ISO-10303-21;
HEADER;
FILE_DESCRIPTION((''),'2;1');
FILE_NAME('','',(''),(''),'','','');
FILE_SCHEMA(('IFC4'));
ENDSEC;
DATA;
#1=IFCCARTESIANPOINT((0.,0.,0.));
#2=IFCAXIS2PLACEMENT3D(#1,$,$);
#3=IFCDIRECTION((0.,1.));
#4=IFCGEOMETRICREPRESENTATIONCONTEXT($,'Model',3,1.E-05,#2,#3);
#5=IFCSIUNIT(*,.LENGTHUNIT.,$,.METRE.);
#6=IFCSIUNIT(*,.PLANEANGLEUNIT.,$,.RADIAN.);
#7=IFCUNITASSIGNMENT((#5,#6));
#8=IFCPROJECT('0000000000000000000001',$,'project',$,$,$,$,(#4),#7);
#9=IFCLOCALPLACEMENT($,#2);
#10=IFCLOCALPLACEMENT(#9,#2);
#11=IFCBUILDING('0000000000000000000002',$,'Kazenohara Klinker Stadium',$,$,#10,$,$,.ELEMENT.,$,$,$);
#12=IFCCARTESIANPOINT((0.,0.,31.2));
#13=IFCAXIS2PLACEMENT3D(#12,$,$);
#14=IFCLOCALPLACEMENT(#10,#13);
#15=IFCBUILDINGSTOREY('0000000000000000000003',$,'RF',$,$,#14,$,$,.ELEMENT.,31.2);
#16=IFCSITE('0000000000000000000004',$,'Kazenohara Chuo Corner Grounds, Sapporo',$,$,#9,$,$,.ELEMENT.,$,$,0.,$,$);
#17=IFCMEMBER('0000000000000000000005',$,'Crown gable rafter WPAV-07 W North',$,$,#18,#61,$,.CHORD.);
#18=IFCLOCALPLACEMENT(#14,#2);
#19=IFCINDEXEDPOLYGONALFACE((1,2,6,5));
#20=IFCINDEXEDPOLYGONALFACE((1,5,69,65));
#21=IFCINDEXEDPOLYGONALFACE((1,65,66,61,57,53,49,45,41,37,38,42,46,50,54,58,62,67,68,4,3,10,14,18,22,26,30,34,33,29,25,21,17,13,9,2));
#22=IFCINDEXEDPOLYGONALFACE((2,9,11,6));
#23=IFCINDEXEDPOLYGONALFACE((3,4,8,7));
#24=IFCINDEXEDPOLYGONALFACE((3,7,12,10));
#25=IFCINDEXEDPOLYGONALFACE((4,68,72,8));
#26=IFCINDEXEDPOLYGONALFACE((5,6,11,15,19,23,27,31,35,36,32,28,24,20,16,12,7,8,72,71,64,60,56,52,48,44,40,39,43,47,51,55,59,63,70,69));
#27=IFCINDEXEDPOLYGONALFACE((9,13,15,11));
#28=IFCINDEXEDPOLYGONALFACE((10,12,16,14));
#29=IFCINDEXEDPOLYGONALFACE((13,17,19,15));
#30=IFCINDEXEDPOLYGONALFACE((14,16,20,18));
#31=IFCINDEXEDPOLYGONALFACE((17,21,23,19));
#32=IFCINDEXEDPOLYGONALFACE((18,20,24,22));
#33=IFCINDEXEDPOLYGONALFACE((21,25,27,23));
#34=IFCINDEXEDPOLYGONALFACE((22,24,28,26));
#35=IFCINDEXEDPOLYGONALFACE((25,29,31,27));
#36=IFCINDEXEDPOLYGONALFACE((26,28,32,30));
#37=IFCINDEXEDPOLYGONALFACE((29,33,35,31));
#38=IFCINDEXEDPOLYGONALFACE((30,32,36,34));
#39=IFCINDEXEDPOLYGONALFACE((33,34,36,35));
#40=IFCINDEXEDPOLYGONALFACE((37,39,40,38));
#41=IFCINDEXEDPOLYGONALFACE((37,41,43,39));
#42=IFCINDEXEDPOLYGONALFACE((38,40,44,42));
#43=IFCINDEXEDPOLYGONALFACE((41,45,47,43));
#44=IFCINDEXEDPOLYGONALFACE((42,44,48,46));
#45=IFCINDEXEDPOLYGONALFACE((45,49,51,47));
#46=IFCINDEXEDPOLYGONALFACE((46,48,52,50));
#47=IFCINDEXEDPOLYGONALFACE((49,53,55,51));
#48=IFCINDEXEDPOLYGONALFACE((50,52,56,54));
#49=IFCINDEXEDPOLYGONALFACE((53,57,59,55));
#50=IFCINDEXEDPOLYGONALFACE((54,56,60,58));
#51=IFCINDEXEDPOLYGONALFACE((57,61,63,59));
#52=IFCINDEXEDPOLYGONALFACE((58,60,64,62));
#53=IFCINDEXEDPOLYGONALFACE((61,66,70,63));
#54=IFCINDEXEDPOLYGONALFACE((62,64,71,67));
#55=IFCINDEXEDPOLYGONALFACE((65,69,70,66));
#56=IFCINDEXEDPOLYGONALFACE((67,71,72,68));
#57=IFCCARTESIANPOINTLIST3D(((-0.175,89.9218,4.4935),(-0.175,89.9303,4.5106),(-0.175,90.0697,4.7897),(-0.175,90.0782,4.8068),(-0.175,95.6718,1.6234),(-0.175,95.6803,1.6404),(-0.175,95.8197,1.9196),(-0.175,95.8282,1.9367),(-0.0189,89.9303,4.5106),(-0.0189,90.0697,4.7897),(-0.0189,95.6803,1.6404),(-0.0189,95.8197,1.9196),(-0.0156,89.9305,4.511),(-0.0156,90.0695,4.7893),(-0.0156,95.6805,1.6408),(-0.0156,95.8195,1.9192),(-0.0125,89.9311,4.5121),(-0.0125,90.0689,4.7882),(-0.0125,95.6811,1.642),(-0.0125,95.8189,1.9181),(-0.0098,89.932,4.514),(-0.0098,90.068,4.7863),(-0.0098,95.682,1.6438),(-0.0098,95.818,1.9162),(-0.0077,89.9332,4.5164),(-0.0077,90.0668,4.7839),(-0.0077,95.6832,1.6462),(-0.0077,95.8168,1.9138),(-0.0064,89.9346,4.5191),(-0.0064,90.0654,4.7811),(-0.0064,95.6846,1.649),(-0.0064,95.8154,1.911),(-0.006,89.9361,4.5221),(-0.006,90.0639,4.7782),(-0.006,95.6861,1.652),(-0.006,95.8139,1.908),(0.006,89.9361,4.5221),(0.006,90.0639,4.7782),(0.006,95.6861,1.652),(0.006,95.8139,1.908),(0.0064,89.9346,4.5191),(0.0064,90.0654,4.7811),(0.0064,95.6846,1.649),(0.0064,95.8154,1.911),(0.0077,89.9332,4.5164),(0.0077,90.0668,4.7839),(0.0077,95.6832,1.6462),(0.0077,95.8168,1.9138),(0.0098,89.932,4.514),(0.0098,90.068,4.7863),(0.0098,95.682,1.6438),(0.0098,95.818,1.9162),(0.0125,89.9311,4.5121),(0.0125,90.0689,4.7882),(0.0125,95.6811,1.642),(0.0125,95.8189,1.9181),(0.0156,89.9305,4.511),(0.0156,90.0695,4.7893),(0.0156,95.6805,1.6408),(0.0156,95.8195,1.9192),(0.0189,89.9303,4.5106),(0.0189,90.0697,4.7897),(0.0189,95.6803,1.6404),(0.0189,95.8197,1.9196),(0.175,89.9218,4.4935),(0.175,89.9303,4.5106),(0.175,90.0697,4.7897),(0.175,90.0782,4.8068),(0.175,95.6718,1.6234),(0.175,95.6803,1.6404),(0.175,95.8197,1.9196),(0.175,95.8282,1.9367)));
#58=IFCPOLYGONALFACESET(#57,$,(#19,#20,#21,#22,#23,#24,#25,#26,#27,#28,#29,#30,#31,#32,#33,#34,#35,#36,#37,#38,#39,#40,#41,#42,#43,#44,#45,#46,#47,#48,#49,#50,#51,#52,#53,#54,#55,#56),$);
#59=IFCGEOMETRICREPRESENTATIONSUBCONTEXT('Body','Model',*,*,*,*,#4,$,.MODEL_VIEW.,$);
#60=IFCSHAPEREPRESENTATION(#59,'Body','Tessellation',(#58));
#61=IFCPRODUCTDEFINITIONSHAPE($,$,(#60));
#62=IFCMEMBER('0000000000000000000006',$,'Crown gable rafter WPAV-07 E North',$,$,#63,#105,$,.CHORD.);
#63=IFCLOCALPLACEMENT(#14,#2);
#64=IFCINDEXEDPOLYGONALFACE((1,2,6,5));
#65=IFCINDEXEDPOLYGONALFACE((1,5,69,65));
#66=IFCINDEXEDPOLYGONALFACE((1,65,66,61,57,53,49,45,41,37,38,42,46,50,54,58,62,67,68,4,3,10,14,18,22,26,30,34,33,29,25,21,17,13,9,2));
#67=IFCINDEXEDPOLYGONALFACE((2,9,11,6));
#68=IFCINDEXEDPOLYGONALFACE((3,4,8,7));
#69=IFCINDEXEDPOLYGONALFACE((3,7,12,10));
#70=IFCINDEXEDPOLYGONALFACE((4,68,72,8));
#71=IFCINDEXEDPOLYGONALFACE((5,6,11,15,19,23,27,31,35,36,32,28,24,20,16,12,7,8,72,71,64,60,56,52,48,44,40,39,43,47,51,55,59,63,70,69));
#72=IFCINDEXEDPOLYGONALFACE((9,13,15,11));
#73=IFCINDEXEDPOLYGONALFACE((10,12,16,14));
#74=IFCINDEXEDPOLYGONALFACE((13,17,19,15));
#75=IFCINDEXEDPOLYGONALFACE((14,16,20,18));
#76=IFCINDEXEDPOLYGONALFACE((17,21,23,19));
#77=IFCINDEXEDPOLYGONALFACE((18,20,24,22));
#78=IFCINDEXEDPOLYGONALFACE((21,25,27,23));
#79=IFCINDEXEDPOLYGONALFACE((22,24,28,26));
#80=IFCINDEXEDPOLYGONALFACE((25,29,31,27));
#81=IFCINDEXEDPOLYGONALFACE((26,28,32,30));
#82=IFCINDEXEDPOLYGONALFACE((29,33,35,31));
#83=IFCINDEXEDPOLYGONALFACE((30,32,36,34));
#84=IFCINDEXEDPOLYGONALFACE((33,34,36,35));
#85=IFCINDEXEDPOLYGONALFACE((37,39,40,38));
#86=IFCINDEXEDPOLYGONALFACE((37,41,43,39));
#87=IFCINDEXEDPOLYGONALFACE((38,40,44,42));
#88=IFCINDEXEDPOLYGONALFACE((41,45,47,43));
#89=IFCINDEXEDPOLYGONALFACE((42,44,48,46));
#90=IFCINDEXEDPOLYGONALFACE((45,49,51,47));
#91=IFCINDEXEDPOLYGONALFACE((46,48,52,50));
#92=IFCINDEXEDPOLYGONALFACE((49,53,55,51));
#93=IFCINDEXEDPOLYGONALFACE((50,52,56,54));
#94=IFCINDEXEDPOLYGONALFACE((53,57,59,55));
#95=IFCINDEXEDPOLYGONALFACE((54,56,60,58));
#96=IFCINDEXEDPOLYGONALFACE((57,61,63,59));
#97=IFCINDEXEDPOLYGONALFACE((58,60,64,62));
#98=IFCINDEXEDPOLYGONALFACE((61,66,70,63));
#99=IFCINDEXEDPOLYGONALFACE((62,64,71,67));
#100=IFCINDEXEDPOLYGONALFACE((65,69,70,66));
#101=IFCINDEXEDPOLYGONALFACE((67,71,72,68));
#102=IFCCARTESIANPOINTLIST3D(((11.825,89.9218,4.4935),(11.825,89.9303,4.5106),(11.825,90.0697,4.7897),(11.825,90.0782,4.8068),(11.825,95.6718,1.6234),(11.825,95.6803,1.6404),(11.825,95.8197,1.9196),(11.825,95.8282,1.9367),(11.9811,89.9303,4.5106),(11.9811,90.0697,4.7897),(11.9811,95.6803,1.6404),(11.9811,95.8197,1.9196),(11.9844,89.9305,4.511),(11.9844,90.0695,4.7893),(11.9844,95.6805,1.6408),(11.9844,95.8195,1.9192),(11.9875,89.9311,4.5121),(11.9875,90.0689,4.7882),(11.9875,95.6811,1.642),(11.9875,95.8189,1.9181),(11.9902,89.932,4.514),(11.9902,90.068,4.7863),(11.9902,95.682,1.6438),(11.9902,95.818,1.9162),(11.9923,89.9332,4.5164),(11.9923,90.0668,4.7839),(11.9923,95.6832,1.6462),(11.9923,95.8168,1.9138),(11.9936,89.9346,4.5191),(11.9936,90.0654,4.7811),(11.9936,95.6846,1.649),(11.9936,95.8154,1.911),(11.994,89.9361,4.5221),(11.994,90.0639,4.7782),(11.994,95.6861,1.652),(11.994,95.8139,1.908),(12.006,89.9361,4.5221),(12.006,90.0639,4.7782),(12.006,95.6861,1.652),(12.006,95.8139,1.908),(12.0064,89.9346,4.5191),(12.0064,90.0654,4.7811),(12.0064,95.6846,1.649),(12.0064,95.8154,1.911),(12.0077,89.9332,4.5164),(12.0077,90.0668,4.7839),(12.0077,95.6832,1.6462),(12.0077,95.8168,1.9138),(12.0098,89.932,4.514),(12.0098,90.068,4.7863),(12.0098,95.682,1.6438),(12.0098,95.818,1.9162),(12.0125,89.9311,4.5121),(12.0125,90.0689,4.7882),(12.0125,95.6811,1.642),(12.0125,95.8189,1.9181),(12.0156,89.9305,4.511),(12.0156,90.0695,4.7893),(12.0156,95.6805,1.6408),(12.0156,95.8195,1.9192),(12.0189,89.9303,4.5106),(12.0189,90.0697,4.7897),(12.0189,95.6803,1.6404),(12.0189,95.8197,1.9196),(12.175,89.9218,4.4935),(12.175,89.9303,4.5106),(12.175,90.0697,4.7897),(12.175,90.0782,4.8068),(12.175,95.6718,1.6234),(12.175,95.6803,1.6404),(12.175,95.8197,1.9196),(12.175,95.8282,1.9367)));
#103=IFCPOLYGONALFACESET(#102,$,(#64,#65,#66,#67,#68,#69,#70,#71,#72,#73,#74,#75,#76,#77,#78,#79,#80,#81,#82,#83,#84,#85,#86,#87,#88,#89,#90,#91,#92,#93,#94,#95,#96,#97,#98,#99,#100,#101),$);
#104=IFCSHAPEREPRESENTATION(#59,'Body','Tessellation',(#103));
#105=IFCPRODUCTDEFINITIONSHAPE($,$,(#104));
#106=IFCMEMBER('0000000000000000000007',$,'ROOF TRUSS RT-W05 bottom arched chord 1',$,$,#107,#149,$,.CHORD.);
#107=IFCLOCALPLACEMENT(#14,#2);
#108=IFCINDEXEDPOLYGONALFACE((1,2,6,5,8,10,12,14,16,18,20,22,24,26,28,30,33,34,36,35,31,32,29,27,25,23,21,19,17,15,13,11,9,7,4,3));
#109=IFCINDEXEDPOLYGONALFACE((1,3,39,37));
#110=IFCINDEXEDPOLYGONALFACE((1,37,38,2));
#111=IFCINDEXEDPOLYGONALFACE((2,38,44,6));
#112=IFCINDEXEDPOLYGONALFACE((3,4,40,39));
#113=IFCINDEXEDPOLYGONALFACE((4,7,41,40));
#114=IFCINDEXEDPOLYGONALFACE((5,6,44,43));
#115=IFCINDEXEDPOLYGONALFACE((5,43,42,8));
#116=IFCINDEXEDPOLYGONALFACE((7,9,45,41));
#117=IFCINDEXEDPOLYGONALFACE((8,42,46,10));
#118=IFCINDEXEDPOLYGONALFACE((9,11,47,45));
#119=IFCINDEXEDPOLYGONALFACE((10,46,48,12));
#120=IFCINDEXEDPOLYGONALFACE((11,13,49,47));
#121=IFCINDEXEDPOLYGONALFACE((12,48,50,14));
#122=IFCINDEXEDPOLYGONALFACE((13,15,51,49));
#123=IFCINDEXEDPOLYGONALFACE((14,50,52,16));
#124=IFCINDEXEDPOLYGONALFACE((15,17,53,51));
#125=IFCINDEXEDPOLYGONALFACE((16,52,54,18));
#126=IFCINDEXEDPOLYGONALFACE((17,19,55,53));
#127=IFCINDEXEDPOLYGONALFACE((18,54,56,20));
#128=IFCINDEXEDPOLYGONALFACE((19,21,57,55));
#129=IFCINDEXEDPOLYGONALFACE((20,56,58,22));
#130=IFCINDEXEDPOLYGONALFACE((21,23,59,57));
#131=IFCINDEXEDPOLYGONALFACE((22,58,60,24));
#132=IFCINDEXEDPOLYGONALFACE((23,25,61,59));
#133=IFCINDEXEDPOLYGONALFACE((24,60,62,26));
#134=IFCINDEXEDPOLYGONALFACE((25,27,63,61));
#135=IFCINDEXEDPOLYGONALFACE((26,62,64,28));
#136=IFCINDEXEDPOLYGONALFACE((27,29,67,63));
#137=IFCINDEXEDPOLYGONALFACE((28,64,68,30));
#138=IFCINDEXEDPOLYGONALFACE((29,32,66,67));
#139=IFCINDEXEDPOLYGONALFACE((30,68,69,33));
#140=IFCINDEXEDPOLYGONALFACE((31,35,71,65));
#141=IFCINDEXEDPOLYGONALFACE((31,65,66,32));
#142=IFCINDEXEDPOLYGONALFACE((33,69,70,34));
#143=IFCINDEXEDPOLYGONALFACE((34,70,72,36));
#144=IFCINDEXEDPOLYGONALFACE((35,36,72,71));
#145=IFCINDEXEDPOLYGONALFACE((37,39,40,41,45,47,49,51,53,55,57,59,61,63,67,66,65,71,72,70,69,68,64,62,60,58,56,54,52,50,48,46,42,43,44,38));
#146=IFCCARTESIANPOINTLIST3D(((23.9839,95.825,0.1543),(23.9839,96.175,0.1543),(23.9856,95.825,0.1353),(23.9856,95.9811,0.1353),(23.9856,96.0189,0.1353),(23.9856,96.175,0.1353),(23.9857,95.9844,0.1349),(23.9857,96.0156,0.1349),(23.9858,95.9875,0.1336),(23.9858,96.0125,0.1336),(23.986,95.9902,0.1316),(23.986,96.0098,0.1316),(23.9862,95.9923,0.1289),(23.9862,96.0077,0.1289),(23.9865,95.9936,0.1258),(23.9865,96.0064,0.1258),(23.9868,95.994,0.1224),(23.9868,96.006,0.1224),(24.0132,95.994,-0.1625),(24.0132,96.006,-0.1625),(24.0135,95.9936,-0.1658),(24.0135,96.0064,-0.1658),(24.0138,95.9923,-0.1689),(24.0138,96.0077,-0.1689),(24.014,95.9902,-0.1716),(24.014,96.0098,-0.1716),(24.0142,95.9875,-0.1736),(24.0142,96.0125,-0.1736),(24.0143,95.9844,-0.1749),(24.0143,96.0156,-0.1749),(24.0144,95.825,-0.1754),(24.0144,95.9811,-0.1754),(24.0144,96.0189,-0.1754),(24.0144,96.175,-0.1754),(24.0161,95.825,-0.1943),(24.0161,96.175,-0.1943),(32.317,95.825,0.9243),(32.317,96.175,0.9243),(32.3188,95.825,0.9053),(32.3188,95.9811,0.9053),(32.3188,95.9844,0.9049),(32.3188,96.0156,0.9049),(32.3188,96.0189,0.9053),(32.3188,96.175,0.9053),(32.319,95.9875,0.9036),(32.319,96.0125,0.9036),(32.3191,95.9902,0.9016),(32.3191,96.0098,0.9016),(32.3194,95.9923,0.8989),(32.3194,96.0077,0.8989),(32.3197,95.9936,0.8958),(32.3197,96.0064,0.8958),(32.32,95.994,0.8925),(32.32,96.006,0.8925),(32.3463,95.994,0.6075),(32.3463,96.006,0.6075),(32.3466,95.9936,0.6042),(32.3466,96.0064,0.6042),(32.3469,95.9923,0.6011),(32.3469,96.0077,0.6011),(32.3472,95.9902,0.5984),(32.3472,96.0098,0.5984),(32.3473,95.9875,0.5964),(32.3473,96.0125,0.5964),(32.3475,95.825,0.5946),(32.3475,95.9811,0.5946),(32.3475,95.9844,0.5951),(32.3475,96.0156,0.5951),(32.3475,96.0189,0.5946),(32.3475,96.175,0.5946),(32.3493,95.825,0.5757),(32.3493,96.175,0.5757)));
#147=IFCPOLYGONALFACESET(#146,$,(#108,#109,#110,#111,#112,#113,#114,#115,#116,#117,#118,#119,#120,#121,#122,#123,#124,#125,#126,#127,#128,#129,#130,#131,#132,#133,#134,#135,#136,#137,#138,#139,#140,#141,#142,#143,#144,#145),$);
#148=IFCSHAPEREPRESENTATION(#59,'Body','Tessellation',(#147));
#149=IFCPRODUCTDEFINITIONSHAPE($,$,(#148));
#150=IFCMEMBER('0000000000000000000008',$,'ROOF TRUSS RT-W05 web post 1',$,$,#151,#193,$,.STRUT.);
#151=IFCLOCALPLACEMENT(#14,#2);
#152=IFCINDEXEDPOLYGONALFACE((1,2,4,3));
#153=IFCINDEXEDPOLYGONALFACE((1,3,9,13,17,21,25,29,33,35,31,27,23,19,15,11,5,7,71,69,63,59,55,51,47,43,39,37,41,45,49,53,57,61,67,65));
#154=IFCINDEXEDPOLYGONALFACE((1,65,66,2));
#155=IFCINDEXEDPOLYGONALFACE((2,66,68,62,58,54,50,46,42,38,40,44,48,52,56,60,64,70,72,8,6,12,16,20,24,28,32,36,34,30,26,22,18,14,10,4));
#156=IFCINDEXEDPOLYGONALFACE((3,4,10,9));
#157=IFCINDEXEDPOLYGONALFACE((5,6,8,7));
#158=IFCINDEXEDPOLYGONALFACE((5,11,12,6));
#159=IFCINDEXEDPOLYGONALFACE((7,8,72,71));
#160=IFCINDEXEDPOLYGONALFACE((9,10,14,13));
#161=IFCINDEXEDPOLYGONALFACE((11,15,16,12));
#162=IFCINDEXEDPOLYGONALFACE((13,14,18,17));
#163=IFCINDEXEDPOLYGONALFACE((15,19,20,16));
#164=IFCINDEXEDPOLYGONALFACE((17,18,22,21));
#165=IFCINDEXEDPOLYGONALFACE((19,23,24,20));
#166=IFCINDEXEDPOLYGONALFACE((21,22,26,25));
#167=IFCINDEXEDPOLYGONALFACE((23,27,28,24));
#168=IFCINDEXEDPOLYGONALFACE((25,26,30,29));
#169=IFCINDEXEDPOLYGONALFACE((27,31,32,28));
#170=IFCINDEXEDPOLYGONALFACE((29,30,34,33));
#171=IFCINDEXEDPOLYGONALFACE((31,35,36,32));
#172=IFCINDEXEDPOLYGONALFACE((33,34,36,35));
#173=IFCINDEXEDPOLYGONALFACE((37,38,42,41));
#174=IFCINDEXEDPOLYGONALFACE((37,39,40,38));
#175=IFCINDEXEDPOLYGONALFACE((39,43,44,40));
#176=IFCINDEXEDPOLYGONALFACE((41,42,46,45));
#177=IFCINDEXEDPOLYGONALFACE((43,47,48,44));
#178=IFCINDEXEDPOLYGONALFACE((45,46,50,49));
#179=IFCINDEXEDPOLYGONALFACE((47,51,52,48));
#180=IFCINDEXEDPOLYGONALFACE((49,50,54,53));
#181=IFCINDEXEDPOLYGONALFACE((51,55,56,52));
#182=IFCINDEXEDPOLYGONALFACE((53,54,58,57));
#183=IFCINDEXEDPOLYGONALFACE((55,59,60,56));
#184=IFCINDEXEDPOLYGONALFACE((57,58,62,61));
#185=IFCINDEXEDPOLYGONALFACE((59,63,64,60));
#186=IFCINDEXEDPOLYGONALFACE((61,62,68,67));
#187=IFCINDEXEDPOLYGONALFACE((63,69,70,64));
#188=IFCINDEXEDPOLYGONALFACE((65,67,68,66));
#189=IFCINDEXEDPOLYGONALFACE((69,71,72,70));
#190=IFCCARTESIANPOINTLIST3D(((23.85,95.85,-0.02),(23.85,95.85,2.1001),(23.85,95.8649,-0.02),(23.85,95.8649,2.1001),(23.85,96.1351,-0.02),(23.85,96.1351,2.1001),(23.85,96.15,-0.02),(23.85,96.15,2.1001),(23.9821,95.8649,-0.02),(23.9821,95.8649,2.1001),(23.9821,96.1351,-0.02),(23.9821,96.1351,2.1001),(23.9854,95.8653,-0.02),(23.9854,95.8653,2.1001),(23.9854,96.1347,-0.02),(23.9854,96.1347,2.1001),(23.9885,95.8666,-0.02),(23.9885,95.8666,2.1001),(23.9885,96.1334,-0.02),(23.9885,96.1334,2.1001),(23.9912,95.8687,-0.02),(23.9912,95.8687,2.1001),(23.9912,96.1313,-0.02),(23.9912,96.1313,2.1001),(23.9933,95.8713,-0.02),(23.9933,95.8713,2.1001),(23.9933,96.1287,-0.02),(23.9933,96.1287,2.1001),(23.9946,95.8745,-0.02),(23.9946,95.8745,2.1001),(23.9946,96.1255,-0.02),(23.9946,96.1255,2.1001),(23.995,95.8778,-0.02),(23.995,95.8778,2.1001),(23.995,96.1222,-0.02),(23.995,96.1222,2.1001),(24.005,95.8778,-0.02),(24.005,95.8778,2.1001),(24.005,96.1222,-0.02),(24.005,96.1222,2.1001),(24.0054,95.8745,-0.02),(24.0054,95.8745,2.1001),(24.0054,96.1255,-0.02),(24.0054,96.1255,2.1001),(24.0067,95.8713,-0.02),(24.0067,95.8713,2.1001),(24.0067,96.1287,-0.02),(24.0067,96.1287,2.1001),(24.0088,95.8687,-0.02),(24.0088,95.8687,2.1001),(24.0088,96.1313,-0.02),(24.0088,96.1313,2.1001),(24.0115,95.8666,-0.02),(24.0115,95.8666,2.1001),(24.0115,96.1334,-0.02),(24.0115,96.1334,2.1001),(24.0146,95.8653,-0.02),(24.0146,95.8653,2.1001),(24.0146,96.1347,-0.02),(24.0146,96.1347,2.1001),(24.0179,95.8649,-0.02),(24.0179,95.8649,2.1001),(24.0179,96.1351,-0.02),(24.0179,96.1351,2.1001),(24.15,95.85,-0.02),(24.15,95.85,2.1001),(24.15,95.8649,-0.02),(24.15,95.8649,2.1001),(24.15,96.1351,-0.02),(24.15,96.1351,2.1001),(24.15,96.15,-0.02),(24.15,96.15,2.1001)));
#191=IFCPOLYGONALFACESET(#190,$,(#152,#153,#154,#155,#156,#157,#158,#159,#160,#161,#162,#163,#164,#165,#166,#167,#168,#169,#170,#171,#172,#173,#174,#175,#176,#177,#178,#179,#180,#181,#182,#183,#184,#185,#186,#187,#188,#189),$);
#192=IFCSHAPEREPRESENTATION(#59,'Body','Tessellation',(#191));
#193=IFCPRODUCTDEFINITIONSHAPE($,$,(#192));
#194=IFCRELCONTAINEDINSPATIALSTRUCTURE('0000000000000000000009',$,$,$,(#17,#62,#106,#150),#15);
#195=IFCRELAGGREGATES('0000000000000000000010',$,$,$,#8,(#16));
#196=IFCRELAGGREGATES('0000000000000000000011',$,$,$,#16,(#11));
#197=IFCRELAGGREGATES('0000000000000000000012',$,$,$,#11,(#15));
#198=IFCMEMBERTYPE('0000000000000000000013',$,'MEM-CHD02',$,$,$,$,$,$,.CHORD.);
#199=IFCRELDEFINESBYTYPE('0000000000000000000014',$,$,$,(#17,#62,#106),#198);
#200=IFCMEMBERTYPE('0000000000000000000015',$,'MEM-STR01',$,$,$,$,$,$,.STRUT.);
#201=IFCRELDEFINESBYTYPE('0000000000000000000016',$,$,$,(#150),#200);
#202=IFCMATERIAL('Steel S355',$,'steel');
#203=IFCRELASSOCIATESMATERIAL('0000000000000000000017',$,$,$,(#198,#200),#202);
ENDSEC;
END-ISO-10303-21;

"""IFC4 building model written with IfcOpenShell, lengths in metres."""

from ifc_helpers import new_model, si_unit, direction, frame, origin, origin_2d, place, context, subcontext, project, spatial, i_section, extrude, material, material_profile, profile_set, type_object, element, save


model = new_model("IFC4")

# Units and contexts
model_context = context("Model", 3, precision=1e-05, world=origin(), true_north=direction((0.0, 1.0)))
body_context = subcontext(model_context, "Body", "Model", "MODEL_VIEW")
ifc_project = project(units=[si_unit("LENGTHUNIT", "METRE"), si_unit("PLANEANGLEUNIT", "RADIAN")], contexts=[model_context])

# Site, building, storey
site_placement = place(None, origin())
site = spatial("IfcSite", under=ifc_project, at=site_placement, Name="Kazenohara Chuo Corner Grounds, Sapporo", CompositionType="ELEMENT", RefElevation=0.0)
building_placement = place(site_placement, origin())
building = spatial("IfcBuilding", under=site, at=building_placement, Name="Kazenohara Klinker Stadium", CompositionType="ELEMENT")
storey_placement = place(building_placement, frame((0.0, 0.0, 31.2)))
storey = spatial("IfcBuildingStorey", under=building, at=storey_placement, Name="RF", CompositionType="ELEMENT", Elevation=31.2)

# Members
ifc_material_1 = material(Name="Steel S355", Category="steel")
ifc_material_profile_1 = material_profile(ifc_material_1, i_section(OverallWidth=0.3501, OverallDepth=0.3501, WebThickness=0.012, FlangeThickness=0.019, FilletRadius=0.0129, at=origin_2d()), Name="H-350x350x12x19")
ifc_profile_set_1 = profile_set([ifc_material_profile_1], Name="Steel S355")
member_type_1 = type_object("IfcMemberType", Name="MEM-CHD02", PredefinedType="CHORD", material=ifc_profile_set_1)
for number, where, z_axis, x_axis, name in (
    (1, (0.0, 95.75, 1.78), (0.0, -0.894731, 0.446606), (1.0, 0.0, 0.0), "Crown gable rafter WPAV-07 W North"),
    (2, (12.0, 95.75, 1.78), (0.0, -0.894731, 0.446606), (1.0, 0.0, 0.0), "Crown gable rafter WPAV-07 E North"),
):
    element("IfcMember", number, at=place(storey_placement, frame(where, z_axis=z_axis, x_axis=x_axis)), inside=storey, type_object=member_type_1, Name=name, PredefinedType="CHORD", context=body_context, shape_type="SweptSolid", body=[
        extrude(i_section(OverallWidth=0.3501, OverallDepth=0.3501, WebThickness=0.012, FlangeThickness=0.019, FilletRadius=0.0129, at=origin_2d()), origin(), (0.0, 0.0, 1.0), 6.4265),
    ])
member_1_placement = place(storey_placement, frame((24.0, 96.0, -0.02), z_axis=(0.995758, 0.0, 0.092011), x_axis=(0.0, 1.0, 0.0)))
element("IfcMember", 3, at=member_1_placement, inside=storey, type_object=member_type_1, Name="ROOF TRUSS RT-W05 bottom arched chord 1", PredefinedType="CHORD", context=body_context, shape_type="SweptSolid", body=[
    extrude(i_section(OverallWidth=0.3501, OverallDepth=0.3501, WebThickness=0.012, FlangeThickness=0.019, FilletRadius=0.0129, at=origin_2d()), origin(), (0.0, 0.0, 1.0), 8.3687),
])
ifc_material_profile_2 = material_profile(ifc_material_1, i_section(OverallWidth=0.3, OverallDepth=0.3, WebThickness=0.01, FlangeThickness=0.0149, FilletRadius=0.0129, at=origin_2d()), Name="H-300x300x10x15")
ifc_profile_set_2 = profile_set([ifc_material_profile_2], Name="Steel S355")
member_type_2 = type_object("IfcMemberType", Name="MEM-STR01", PredefinedType="STRUT", material=ifc_profile_set_2)
member_2_placement = place(storey_placement, frame((24.0, 96.0, -0.02), z_axis=(0.0, 0.0, 1.0), x_axis=(1.0, 0.0, 0.0)))
element("IfcMember", 4, at=member_2_placement, inside=storey, type_object=member_type_2, Name="ROOF TRUSS RT-W05 web post 1", PredefinedType="STRUT", context=body_context, shape_type="SweptSolid", body=[
    extrude(i_section(OverallWidth=0.3, OverallDepth=0.3, WebThickness=0.01, FlangeThickness=0.0149, FilletRadius=0.0129, at=origin_2d()), origin(), (0.0, 0.0, 1.0), 2.1201),
])

save(model, "model.ifc")
